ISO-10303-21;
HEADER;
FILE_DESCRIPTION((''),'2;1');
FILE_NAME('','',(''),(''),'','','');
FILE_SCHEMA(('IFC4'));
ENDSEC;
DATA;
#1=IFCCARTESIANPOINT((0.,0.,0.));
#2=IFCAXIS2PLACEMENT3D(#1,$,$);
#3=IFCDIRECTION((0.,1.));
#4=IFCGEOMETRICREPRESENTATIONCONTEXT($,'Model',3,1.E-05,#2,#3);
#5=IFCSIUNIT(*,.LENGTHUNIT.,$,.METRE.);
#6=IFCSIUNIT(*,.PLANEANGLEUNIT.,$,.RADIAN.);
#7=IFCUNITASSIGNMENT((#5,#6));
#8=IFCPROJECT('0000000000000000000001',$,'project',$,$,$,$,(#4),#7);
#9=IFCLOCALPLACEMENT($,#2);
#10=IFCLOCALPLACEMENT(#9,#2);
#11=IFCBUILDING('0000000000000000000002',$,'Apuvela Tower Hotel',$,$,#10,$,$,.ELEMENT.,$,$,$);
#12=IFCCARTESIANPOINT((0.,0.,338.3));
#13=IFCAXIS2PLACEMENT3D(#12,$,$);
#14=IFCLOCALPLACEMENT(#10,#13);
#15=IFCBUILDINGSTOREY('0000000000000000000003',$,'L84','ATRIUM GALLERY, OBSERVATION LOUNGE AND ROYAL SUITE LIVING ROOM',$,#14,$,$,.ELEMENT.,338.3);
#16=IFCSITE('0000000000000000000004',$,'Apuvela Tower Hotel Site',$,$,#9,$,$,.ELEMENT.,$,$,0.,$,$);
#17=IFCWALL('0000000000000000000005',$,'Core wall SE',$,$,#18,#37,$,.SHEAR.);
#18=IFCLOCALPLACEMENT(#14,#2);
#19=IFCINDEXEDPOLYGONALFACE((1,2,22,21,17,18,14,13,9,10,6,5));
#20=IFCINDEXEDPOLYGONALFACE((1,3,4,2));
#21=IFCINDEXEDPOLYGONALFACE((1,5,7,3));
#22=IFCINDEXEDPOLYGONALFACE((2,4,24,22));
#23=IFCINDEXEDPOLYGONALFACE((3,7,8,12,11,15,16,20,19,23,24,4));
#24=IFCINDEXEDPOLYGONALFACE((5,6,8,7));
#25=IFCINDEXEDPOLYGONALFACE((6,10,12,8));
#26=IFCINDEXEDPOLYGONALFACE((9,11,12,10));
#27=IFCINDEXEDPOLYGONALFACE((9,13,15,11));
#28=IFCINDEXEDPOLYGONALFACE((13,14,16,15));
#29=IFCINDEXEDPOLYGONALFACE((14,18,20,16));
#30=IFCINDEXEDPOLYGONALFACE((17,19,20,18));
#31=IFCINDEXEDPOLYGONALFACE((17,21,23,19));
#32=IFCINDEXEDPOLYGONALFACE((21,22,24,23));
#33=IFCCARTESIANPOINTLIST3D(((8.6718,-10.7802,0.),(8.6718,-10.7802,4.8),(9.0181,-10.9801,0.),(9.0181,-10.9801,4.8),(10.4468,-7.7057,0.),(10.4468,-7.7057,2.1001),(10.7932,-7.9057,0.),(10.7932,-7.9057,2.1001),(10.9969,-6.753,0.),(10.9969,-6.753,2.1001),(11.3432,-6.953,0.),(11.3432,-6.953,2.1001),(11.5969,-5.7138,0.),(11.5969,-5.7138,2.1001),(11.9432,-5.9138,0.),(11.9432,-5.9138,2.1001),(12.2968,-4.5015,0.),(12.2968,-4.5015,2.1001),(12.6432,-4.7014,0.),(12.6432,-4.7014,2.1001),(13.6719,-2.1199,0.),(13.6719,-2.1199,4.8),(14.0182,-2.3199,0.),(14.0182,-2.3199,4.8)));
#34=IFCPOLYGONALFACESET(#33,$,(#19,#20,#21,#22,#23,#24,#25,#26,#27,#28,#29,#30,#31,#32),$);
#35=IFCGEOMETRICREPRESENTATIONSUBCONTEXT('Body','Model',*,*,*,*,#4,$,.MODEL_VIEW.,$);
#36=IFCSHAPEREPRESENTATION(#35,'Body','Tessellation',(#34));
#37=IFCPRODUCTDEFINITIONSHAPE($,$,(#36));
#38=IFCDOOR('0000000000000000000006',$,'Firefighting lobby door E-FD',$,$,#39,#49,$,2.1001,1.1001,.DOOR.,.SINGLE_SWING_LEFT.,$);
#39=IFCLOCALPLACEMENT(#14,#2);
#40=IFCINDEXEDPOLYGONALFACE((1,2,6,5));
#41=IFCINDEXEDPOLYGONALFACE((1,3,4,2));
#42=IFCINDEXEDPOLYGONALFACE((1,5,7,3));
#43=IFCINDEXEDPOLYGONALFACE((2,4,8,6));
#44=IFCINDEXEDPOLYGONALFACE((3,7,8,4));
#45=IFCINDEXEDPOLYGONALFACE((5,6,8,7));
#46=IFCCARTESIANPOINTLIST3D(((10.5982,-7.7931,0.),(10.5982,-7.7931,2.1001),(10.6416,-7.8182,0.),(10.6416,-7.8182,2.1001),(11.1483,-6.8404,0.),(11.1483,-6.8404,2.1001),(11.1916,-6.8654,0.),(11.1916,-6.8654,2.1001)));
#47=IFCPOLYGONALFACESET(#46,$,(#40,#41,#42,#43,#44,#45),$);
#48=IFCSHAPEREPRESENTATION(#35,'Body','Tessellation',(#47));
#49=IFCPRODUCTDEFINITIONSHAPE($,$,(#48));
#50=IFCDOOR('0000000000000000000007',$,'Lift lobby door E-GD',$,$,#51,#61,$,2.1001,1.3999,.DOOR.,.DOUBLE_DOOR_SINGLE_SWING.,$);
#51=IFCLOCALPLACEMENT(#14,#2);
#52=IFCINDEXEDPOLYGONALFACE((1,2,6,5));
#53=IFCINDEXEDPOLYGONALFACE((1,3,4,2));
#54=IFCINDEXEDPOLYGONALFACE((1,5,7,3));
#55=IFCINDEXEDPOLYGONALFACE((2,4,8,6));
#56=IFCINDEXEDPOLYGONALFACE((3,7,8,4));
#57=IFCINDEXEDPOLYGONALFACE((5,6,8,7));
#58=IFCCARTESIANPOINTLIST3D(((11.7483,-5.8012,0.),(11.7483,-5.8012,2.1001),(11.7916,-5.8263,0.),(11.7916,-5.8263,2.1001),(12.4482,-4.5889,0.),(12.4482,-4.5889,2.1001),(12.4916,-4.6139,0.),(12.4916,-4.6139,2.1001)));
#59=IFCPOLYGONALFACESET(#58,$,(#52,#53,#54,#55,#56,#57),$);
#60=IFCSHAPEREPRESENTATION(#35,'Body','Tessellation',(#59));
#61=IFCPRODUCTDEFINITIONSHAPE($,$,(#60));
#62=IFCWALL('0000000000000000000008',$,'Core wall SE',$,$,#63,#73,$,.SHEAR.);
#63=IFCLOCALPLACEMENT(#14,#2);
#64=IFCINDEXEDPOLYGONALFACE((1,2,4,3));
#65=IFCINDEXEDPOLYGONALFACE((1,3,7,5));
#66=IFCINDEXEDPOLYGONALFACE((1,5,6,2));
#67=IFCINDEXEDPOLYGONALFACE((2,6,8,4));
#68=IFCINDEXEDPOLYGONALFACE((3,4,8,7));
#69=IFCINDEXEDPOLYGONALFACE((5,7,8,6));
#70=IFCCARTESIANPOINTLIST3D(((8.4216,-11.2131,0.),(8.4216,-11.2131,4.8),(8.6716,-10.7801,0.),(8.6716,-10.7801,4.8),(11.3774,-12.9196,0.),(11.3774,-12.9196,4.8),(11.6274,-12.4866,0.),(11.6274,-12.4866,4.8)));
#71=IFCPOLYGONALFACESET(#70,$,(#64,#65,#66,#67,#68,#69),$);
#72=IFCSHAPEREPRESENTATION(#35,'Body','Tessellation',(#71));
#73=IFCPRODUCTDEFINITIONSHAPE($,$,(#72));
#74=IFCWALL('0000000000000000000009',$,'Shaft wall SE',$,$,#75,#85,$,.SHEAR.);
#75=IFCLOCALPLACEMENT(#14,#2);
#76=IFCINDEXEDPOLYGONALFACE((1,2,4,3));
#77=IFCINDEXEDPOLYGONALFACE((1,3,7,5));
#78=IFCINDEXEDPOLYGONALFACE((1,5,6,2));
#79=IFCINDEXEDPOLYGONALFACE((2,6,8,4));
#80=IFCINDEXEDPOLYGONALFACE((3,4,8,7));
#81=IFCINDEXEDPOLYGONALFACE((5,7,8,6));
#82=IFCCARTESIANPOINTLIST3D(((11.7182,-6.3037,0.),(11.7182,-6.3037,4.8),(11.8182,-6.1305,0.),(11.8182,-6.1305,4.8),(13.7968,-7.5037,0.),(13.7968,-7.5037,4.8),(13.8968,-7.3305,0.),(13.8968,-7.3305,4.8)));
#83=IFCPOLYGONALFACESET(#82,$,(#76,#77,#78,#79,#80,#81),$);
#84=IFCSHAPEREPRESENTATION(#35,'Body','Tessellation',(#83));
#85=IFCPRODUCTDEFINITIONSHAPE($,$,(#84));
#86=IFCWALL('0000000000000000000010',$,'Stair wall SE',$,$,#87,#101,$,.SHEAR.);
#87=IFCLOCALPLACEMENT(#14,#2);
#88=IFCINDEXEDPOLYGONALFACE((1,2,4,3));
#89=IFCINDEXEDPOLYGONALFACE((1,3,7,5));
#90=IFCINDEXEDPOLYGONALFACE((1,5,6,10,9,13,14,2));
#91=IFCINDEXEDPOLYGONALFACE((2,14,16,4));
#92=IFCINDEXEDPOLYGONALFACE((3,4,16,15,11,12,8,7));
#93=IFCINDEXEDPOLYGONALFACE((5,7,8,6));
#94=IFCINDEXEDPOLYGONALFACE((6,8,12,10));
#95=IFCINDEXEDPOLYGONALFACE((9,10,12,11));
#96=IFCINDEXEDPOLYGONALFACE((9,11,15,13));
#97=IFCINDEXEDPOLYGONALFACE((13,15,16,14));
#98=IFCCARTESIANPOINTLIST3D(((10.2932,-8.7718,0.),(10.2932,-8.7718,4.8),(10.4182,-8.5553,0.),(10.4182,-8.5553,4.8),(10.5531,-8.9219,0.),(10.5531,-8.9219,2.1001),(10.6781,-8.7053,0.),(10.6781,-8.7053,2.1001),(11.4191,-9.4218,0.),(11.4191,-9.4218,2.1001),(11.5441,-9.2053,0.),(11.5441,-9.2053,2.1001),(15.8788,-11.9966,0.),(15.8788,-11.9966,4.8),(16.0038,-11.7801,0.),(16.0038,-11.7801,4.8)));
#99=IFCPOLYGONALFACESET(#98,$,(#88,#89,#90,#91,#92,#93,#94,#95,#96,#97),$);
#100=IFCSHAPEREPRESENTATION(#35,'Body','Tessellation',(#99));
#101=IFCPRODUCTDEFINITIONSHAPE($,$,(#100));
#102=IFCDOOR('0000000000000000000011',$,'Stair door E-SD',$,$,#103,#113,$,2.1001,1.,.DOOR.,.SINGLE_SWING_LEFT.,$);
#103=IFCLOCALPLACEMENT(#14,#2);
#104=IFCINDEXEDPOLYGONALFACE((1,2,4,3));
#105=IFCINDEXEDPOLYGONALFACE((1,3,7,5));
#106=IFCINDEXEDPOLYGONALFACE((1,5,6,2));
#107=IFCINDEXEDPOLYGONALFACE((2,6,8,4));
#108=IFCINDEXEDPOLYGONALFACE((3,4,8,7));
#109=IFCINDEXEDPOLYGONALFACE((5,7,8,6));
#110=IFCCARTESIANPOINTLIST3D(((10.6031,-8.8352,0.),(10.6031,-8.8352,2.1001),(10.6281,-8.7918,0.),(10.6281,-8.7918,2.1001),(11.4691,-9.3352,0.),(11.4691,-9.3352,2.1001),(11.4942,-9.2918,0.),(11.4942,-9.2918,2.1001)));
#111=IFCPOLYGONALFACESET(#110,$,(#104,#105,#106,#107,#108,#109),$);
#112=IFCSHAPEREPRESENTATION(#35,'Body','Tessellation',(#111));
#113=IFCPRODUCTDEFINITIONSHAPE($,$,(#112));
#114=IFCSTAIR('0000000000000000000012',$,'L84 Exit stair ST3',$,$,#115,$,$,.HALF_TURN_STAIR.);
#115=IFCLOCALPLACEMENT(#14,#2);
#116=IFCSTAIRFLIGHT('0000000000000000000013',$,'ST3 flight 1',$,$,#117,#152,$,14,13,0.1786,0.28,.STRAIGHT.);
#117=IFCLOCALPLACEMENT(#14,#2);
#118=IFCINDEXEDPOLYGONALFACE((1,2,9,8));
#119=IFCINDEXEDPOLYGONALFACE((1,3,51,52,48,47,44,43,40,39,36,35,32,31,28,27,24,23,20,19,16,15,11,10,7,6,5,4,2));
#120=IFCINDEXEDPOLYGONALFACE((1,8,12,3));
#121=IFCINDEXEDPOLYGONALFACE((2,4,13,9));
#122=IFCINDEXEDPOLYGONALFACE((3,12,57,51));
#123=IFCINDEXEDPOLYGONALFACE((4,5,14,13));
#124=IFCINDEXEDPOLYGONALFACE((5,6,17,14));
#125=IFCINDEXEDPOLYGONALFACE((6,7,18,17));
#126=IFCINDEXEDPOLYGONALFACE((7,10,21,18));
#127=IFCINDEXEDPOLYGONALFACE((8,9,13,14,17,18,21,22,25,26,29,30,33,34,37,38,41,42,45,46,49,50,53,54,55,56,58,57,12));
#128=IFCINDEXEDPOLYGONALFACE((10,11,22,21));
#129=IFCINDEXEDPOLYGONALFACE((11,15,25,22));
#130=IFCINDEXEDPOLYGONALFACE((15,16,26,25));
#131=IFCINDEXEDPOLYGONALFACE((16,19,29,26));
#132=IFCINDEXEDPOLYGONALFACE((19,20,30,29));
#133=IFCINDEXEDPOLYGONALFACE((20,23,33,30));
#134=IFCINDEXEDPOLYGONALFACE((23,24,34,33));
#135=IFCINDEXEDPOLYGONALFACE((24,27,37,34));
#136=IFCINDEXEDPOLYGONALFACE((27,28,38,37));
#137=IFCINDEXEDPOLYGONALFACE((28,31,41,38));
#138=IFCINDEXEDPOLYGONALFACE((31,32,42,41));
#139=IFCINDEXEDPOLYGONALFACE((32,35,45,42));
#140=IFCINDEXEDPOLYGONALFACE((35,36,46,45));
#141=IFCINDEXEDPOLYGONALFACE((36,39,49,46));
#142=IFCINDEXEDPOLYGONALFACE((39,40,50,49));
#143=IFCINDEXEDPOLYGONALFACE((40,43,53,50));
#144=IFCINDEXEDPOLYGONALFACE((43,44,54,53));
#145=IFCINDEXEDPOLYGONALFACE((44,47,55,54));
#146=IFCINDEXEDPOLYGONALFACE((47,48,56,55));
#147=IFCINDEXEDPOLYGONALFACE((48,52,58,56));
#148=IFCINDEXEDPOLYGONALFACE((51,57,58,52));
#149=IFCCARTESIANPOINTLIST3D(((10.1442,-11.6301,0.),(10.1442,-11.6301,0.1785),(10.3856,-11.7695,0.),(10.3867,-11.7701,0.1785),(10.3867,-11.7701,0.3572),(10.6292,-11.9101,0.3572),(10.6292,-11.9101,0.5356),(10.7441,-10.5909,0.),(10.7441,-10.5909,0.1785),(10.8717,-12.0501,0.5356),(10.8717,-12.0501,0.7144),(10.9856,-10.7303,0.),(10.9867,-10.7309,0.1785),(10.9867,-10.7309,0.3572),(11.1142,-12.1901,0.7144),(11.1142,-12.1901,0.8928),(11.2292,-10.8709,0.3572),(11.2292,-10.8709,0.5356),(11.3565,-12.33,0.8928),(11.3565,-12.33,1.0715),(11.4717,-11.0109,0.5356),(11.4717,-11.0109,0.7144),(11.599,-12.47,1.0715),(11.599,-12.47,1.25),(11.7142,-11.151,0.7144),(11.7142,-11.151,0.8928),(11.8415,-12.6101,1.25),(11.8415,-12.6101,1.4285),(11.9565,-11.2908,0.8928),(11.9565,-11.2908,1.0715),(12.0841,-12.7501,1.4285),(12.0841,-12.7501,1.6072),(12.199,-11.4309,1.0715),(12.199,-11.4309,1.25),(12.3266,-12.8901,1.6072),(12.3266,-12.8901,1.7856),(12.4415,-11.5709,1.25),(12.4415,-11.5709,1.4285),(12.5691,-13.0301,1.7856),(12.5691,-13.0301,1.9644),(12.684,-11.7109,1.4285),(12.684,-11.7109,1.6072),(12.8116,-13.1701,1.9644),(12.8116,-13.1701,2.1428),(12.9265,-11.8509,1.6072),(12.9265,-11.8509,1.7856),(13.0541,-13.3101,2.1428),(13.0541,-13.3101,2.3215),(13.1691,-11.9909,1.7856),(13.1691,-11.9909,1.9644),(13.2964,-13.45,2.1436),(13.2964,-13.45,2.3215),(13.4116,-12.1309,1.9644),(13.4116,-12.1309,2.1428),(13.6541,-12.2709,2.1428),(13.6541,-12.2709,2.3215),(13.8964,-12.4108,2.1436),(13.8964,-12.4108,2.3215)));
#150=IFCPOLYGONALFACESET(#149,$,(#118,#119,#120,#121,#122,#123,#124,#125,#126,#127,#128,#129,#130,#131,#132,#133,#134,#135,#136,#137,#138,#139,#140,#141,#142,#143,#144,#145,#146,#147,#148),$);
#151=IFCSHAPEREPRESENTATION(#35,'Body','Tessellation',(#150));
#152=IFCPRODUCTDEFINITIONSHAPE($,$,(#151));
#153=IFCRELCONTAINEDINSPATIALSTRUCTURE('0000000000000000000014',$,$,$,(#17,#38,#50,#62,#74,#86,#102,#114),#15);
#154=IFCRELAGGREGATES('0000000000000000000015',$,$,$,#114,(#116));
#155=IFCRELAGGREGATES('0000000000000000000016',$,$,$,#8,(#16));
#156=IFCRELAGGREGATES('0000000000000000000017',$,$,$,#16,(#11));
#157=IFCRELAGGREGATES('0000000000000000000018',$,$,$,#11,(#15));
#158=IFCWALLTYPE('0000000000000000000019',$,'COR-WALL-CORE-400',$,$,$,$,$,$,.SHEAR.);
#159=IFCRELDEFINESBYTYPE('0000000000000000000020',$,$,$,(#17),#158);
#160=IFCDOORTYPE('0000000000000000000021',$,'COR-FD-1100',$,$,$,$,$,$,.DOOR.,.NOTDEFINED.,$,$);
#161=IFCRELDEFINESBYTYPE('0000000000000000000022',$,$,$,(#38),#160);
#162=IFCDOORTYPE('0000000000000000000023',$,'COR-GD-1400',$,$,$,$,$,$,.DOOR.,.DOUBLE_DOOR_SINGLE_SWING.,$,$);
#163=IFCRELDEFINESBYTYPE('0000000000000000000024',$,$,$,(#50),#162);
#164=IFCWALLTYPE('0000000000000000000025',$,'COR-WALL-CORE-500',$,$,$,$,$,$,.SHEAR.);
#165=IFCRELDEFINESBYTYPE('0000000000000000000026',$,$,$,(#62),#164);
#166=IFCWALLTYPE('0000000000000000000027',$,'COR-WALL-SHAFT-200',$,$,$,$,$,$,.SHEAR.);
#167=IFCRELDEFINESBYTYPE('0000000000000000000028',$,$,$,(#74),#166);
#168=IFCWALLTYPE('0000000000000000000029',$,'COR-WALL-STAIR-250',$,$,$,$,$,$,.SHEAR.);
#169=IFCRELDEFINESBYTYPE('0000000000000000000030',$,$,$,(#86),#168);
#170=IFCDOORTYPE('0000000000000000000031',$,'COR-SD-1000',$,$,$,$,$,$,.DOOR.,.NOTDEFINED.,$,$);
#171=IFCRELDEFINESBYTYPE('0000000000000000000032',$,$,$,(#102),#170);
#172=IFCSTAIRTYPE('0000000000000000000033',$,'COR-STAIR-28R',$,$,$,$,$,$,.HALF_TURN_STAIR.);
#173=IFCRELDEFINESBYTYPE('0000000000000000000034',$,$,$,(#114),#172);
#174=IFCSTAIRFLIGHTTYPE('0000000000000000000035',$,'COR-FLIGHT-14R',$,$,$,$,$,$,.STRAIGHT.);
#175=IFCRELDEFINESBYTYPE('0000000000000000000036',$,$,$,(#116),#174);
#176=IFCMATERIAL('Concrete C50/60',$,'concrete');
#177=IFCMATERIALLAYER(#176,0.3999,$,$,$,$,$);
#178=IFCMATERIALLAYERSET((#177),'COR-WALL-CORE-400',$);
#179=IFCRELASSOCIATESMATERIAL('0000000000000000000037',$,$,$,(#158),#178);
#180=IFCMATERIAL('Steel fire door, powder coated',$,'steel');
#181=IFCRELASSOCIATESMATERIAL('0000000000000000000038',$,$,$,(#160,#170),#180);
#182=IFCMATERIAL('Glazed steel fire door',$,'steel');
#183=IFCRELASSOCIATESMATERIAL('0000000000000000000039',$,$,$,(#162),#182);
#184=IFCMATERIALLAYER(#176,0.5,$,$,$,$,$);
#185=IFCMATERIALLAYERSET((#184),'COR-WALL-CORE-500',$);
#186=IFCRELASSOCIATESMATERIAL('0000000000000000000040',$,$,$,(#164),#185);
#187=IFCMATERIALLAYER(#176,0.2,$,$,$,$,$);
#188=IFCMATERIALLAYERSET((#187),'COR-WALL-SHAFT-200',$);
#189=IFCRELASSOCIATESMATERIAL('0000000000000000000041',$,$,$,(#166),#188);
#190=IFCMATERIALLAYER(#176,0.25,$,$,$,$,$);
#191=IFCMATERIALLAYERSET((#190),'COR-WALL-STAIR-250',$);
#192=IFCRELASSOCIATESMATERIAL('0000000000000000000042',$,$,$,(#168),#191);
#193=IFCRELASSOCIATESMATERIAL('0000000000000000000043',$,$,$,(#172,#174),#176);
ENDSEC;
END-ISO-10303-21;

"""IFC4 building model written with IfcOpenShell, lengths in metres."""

from ifc_helpers import new_model, si_unit, direction, frame, frame_2d, origin, place, context, subcontext, project, spatial, polyline, rectangle, outline, extrude, material, layer, layer_set, type_object, element, fill, aggregate, save


model = new_model("IFC4")

# Units and contexts
model_context = context("Model", 3, precision=1e-05, world=origin(), true_north=direction((0.0, 1.0)))
body_context = subcontext(model_context, "Body", "Model", "MODEL_VIEW")
ifc_project = project(units=[si_unit("LENGTHUNIT", "METRE"), si_unit("PLANEANGLEUNIT", "RADIAN")], contexts=[model_context])

# Site, building, storey
site_placement = place(None, origin())
site = spatial("IfcSite", under=ifc_project, at=site_placement, Name="Apuvela Tower Hotel Site", CompositionType="ELEMENT", RefElevation=0.0)
building_placement = place(site_placement, origin())
building = spatial("IfcBuilding", under=site, at=building_placement, Name="Apuvela Tower Hotel", CompositionType="ELEMENT")
storey_placement = place(building_placement, frame((0.0, 0.0, 338.3)))
storey = spatial("IfcBuildingStorey", under=building, at=storey_placement, Name="L84", Description="ATRIUM GALLERY, OBSERVATION LOUNGE AND ROYAL SUITE LIVING ROOM", CompositionType="ELEMENT", Elevation=338.3)

# Shared definitions
ifc_material_1 = material(Name="Concrete C50/60", Category="concrete")

# Wall, openings, doors
ifc_layer_1 = layer(ifc_material_1, 0.3999)
ifc_layer_set_1 = layer_set([ifc_layer_1], Name="COR-WALL-CORE-400")
wall_type_1 = type_object("IfcWallType", Name="COR-WALL-CORE-400", PredefinedType="SHEAR", material=ifc_layer_set_1)
wall_1_placement = place(storey_placement, frame((8.845, -10.8801, 0.0), z_axis=(0.0, 0.0, 1.0), x_axis=(0.500004, 0.866023, 0.0)))
wall_1 = element("IfcWall", 1, at=wall_1_placement, inside=storey, type_object=wall_type_1, Name="Core wall SE", PredefinedType="SHEAR", context=body_context, shape_type="SweptSolid", body=[
    extrude(rectangle(XDim=10.0, YDim=0.3999, at=frame_2d((5.0, 0.0))), origin(), (0.0, 0.0, 1.0), 4.8),
])
opening_1_placement = place(wall_1_placement, frame((3.55, 0.0, 0.0)))
opening_1 = element("IfcOpeningElement", 2, at=opening_1_placement, cuts=wall_1, PredefinedType="OPENING", context=body_context, shape_type="SweptSolid", body=[
    extrude(rectangle(XDim=1.1001, YDim=2.1001, at=frame_2d((0.55, 1.05))), frame((0.0, 0.21, 0.0), z_axis=(0.0, -1.0, 0.0), x_axis=(1.0, 0.0, 0.0)), (0.0, 0.0, 1.0), 0.4199),
])
opening_2_placement = place(wall_1_placement, frame((5.8501, 0.0, 0.0)))
opening_2 = element("IfcOpeningElement", 3, at=opening_2_placement, cuts=wall_1, PredefinedType="OPENING", context=body_context, shape_type="SweptSolid", body=[
    extrude(rectangle(XDim=1.3999, YDim=2.1001, at=frame_2d((0.7, 1.05))), frame((0.0, 0.21, 0.0), z_axis=(0.0, -1.0, 0.0), x_axis=(1.0, 0.0, 0.0)), (0.0, 0.0, 1.0), 0.4199),
])
ifc_material_2 = material(Name="Steel fire door, powder coated", Category="steel")
door_type_1 = type_object("IfcDoorType", Name="COR-FD-1100", OperationType="NOTDEFINED", PredefinedType="DOOR", material=ifc_material_2)
door_1_placement = place(opening_1_placement, frame((1.1001, 0.0, 0.0), z_axis=(0.0, 0.0, 1.0), x_axis=(-1.0, 0.0, 0.0)))
door_1 = element("IfcDoor", 4, at=door_1_placement, inside=storey, type_object=door_type_1, Name="Firefighting lobby door E-FD", OperationType="SINGLE_SWING_LEFT", OverallHeight=2.1001, OverallWidth=1.1001, PredefinedType="DOOR", context=body_context, shape_type="SweptSolid", body=[
    extrude(rectangle(XDim=1.1001, YDim=2.1001, at=frame_2d((0.55, 1.05))), frame((0.0, 0.0249, 0.0), z_axis=(0.0, -1.0, 0.0), x_axis=(1.0, 0.0, 0.0)), (0.0, 0.0, 1.0), 0.05),
])
fill(opening_1, door_1)
ifc_material_3 = material(Name="Glazed steel fire door", Category="steel")
door_type_2 = type_object("IfcDoorType", Name="COR-GD-1400", OperationType="DOUBLE_DOOR_SINGLE_SWING", PredefinedType="DOOR", material=ifc_material_3)
door_2_placement = place(opening_2_placement, frame((1.3999, 0.0, 0.0), z_axis=(0.0, 0.0, 1.0), x_axis=(-1.0, 0.0, 0.0)))
door_2 = element("IfcDoor", 5, at=door_2_placement, inside=storey, type_object=door_type_2, Name="Lift lobby door E-GD", OperationType="DOUBLE_DOOR_SINGLE_SWING", OverallHeight=2.1001, OverallWidth=1.3999, PredefinedType="DOOR", context=body_context, shape_type="SweptSolid", body=[
    extrude(rectangle(XDim=1.3999, YDim=2.1001, at=frame_2d((0.7, 1.05))), frame((0.0, 0.0249, 0.0), z_axis=(0.0, -1.0, 0.0), x_axis=(1.0, 0.0, 0.0)), (0.0, 0.0, 1.0), 0.05),
])
fill(opening_2, door_2)

# Walls
ifc_layer_2 = layer(ifc_material_1, 0.5)
ifc_layer_set_2 = layer_set([ifc_layer_2], Name="COR-WALL-CORE-500")
wall_type_2 = type_object("IfcWallType", Name="COR-WALL-CORE-500", PredefinedType="SHEAR", material=ifc_layer_set_2)
wall_2_placement = place(storey_placement, frame((8.5466, -10.9966, 0.0), z_axis=(0.0, 0.0, 1.0), x_axis=(0.866025, -0.500001, 0.0)))
element("IfcWall", 6, at=wall_2_placement, inside=storey, type_object=wall_type_2, Name="Core wall SE", PredefinedType="SHEAR", context=body_context, shape_type="SweptSolid", body=[
    extrude(rectangle(XDim=3.4131, YDim=0.5, at=frame_2d((1.7065, 0.0))), origin(), (0.0, 0.0, 1.0), 4.8),
])
ifc_layer_3 = layer(ifc_material_1, 0.2)
ifc_layer_set_3 = layer_set([ifc_layer_3], Name="COR-WALL-SHAFT-200")
wall_type_3 = type_object("IfcWallType", Name="COR-WALL-SHAFT-200", PredefinedType="SHEAR", material=ifc_layer_set_3)
wall_3_placement = place(storey_placement, frame((11.7681, -6.217, 0.0), z_axis=(0.0, 0.0, 1.0), x_axis=(0.86605, -0.499957, 0.0)))
element("IfcWall", 7, at=wall_3_placement, inside=storey, type_object=wall_type_3, Name="Shaft wall SE", PredefinedType="SHEAR", context=body_context, shape_type="SweptSolid", body=[
    extrude(rectangle(XDim=2.4001, YDim=0.2, at=frame_2d((1.2002, 0.0))), origin(), (0.0, 0.0, 1.0), 4.8),
])

# Wall, opening, door
ifc_layer_4 = layer(ifc_material_1, 0.25)
ifc_layer_set_4 = layer_set([ifc_layer_4], Name="COR-WALL-STAIR-250")
wall_type_4 = type_object("IfcWallType", Name="COR-WALL-STAIR-250", PredefinedType="SHEAR", material=ifc_layer_set_4)
wall_4_placement = place(storey_placement, frame((10.3557, -8.6636, 0.0), z_axis=(0.0, 0.0, 1.0), x_axis=(0.866029, -0.499994, 0.0)))
wall_4 = element("IfcWall", 8, at=wall_4_placement, inside=storey, type_object=wall_type_4, Name="Stair wall SE", PredefinedType="SHEAR", context=body_context, shape_type="SweptSolid", body=[
    extrude(rectangle(XDim=6.4497, YDim=0.25, at=frame_2d((3.2249, 0.0))), origin(), (0.0, 0.0, 1.0), 4.8),
])
opening_3_placement = place(wall_4_placement, frame((0.3, 0.0, 0.0)))
opening_3 = element("IfcOpeningElement", 9, at=opening_3_placement, cuts=wall_4, PredefinedType="OPENING", context=body_context, shape_type="SweptSolid", body=[
    extrude(rectangle(XDim=1.0, YDim=2.1001, at=frame_2d((0.5, 1.05))), frame((0.0, 0.135, 0.0), z_axis=(0.0, -1.0, 0.0), x_axis=(1.0, 0.0, 0.0)), (0.0, 0.0, 1.0), 0.27),
])
door_type_3 = type_object("IfcDoorType", Name="COR-SD-1000", OperationType="NOTDEFINED", PredefinedType="DOOR", material=ifc_material_2)
door_3_placement = place(opening_3_placement, frame((1.0, 0.0, 0.0), z_axis=(0.0, 0.0, 1.0), x_axis=(-1.0, 0.0, 0.0)))
door_3 = element("IfcDoor", 10, at=door_3_placement, inside=storey, type_object=door_type_3, Name="Stair door E-SD", OperationType="SINGLE_SWING_LEFT", OverallHeight=2.1001, OverallWidth=1.0, PredefinedType="DOOR", context=body_context, shape_type="SweptSolid", body=[
    extrude(rectangle(XDim=1.0, YDim=2.1001, at=frame_2d((0.5, 1.05))), frame((0.0, 0.0249, 0.0), z_axis=(0.0, -1.0, 0.0), x_axis=(1.0, 0.0, 0.0)), (0.0, 0.0, 1.0), 0.05),
])
fill(opening_3, door_3)

# Stair, stair flight
stair_type = type_object("IfcStairType", Name="COR-STAIR-28R", PredefinedType="HALF_TURN_STAIR", material=ifc_material_1)
stair_placement = place(storey_placement, origin())
stair = element("IfcStair", 11, at=stair_placement, inside=storey, type_object=stair_type, Name="L84 Exit stair ST3", PredefinedType="HALF_TURN_STAIR")
stair_flight_type = type_object("IfcStairFlightType", Name="COR-FLIGHT-14R", PredefinedType="STRAIGHT", material=ifc_material_1)
stair_flight_placement = place(storey_placement, frame((10.4441, -11.1106, 0.0), z_axis=(0.0, 0.0, 1.0), x_axis=(0.866025, -0.5, 0.0)))
stair_flight = element("IfcStairFlight", 12, at=stair_flight_placement, type_object=stair_flight_type, Name="ST3 flight 1", NumberOfRisers=14, NumberOfTreads=13, PredefinedType="STRAIGHT", RiserHeight=0.1786, TreadLength=0.28, context=body_context, shape_type="SweptSolid", body=[
    extrude(outline(polyline([(0.0, 0.0), (0.0, 0.1785), (0.28, 0.1785), (0.28, 0.3572), (0.5601, 0.3572), (0.5601, 0.5356), (0.8401, 0.5356), (0.8401, 0.7144), (1.1201, 0.7144), (1.1201, 0.8928), (1.3999, 0.8928), (1.3999, 1.0715), (1.6799, 1.0715), (1.6799, 1.25), (1.96, 1.25), (1.96, 1.4285), (2.24, 1.4285), (2.24, 1.6072), (2.52, 1.6072), (2.52, 1.7856), (2.8, 1.7856), (2.8, 1.9644), (3.0801, 1.9644), (3.0801, 2.1428), (3.3601, 2.1428), (3.3601, 2.3215), (3.6399, 2.3215), (3.6399, 2.5), (3.6399, 2.1436), (0.2788, 0.0), (0.0, 0.0)])), frame((0.0, 0.6001, 0.0), z_axis=(0.0, -1.0, 0.0), x_axis=(1.0, 0.0, 0.0)), (0.0, 0.0, 1.0), 1.2),
])
aggregate(stair, [stair_flight])

save(model, "model.ifc")
